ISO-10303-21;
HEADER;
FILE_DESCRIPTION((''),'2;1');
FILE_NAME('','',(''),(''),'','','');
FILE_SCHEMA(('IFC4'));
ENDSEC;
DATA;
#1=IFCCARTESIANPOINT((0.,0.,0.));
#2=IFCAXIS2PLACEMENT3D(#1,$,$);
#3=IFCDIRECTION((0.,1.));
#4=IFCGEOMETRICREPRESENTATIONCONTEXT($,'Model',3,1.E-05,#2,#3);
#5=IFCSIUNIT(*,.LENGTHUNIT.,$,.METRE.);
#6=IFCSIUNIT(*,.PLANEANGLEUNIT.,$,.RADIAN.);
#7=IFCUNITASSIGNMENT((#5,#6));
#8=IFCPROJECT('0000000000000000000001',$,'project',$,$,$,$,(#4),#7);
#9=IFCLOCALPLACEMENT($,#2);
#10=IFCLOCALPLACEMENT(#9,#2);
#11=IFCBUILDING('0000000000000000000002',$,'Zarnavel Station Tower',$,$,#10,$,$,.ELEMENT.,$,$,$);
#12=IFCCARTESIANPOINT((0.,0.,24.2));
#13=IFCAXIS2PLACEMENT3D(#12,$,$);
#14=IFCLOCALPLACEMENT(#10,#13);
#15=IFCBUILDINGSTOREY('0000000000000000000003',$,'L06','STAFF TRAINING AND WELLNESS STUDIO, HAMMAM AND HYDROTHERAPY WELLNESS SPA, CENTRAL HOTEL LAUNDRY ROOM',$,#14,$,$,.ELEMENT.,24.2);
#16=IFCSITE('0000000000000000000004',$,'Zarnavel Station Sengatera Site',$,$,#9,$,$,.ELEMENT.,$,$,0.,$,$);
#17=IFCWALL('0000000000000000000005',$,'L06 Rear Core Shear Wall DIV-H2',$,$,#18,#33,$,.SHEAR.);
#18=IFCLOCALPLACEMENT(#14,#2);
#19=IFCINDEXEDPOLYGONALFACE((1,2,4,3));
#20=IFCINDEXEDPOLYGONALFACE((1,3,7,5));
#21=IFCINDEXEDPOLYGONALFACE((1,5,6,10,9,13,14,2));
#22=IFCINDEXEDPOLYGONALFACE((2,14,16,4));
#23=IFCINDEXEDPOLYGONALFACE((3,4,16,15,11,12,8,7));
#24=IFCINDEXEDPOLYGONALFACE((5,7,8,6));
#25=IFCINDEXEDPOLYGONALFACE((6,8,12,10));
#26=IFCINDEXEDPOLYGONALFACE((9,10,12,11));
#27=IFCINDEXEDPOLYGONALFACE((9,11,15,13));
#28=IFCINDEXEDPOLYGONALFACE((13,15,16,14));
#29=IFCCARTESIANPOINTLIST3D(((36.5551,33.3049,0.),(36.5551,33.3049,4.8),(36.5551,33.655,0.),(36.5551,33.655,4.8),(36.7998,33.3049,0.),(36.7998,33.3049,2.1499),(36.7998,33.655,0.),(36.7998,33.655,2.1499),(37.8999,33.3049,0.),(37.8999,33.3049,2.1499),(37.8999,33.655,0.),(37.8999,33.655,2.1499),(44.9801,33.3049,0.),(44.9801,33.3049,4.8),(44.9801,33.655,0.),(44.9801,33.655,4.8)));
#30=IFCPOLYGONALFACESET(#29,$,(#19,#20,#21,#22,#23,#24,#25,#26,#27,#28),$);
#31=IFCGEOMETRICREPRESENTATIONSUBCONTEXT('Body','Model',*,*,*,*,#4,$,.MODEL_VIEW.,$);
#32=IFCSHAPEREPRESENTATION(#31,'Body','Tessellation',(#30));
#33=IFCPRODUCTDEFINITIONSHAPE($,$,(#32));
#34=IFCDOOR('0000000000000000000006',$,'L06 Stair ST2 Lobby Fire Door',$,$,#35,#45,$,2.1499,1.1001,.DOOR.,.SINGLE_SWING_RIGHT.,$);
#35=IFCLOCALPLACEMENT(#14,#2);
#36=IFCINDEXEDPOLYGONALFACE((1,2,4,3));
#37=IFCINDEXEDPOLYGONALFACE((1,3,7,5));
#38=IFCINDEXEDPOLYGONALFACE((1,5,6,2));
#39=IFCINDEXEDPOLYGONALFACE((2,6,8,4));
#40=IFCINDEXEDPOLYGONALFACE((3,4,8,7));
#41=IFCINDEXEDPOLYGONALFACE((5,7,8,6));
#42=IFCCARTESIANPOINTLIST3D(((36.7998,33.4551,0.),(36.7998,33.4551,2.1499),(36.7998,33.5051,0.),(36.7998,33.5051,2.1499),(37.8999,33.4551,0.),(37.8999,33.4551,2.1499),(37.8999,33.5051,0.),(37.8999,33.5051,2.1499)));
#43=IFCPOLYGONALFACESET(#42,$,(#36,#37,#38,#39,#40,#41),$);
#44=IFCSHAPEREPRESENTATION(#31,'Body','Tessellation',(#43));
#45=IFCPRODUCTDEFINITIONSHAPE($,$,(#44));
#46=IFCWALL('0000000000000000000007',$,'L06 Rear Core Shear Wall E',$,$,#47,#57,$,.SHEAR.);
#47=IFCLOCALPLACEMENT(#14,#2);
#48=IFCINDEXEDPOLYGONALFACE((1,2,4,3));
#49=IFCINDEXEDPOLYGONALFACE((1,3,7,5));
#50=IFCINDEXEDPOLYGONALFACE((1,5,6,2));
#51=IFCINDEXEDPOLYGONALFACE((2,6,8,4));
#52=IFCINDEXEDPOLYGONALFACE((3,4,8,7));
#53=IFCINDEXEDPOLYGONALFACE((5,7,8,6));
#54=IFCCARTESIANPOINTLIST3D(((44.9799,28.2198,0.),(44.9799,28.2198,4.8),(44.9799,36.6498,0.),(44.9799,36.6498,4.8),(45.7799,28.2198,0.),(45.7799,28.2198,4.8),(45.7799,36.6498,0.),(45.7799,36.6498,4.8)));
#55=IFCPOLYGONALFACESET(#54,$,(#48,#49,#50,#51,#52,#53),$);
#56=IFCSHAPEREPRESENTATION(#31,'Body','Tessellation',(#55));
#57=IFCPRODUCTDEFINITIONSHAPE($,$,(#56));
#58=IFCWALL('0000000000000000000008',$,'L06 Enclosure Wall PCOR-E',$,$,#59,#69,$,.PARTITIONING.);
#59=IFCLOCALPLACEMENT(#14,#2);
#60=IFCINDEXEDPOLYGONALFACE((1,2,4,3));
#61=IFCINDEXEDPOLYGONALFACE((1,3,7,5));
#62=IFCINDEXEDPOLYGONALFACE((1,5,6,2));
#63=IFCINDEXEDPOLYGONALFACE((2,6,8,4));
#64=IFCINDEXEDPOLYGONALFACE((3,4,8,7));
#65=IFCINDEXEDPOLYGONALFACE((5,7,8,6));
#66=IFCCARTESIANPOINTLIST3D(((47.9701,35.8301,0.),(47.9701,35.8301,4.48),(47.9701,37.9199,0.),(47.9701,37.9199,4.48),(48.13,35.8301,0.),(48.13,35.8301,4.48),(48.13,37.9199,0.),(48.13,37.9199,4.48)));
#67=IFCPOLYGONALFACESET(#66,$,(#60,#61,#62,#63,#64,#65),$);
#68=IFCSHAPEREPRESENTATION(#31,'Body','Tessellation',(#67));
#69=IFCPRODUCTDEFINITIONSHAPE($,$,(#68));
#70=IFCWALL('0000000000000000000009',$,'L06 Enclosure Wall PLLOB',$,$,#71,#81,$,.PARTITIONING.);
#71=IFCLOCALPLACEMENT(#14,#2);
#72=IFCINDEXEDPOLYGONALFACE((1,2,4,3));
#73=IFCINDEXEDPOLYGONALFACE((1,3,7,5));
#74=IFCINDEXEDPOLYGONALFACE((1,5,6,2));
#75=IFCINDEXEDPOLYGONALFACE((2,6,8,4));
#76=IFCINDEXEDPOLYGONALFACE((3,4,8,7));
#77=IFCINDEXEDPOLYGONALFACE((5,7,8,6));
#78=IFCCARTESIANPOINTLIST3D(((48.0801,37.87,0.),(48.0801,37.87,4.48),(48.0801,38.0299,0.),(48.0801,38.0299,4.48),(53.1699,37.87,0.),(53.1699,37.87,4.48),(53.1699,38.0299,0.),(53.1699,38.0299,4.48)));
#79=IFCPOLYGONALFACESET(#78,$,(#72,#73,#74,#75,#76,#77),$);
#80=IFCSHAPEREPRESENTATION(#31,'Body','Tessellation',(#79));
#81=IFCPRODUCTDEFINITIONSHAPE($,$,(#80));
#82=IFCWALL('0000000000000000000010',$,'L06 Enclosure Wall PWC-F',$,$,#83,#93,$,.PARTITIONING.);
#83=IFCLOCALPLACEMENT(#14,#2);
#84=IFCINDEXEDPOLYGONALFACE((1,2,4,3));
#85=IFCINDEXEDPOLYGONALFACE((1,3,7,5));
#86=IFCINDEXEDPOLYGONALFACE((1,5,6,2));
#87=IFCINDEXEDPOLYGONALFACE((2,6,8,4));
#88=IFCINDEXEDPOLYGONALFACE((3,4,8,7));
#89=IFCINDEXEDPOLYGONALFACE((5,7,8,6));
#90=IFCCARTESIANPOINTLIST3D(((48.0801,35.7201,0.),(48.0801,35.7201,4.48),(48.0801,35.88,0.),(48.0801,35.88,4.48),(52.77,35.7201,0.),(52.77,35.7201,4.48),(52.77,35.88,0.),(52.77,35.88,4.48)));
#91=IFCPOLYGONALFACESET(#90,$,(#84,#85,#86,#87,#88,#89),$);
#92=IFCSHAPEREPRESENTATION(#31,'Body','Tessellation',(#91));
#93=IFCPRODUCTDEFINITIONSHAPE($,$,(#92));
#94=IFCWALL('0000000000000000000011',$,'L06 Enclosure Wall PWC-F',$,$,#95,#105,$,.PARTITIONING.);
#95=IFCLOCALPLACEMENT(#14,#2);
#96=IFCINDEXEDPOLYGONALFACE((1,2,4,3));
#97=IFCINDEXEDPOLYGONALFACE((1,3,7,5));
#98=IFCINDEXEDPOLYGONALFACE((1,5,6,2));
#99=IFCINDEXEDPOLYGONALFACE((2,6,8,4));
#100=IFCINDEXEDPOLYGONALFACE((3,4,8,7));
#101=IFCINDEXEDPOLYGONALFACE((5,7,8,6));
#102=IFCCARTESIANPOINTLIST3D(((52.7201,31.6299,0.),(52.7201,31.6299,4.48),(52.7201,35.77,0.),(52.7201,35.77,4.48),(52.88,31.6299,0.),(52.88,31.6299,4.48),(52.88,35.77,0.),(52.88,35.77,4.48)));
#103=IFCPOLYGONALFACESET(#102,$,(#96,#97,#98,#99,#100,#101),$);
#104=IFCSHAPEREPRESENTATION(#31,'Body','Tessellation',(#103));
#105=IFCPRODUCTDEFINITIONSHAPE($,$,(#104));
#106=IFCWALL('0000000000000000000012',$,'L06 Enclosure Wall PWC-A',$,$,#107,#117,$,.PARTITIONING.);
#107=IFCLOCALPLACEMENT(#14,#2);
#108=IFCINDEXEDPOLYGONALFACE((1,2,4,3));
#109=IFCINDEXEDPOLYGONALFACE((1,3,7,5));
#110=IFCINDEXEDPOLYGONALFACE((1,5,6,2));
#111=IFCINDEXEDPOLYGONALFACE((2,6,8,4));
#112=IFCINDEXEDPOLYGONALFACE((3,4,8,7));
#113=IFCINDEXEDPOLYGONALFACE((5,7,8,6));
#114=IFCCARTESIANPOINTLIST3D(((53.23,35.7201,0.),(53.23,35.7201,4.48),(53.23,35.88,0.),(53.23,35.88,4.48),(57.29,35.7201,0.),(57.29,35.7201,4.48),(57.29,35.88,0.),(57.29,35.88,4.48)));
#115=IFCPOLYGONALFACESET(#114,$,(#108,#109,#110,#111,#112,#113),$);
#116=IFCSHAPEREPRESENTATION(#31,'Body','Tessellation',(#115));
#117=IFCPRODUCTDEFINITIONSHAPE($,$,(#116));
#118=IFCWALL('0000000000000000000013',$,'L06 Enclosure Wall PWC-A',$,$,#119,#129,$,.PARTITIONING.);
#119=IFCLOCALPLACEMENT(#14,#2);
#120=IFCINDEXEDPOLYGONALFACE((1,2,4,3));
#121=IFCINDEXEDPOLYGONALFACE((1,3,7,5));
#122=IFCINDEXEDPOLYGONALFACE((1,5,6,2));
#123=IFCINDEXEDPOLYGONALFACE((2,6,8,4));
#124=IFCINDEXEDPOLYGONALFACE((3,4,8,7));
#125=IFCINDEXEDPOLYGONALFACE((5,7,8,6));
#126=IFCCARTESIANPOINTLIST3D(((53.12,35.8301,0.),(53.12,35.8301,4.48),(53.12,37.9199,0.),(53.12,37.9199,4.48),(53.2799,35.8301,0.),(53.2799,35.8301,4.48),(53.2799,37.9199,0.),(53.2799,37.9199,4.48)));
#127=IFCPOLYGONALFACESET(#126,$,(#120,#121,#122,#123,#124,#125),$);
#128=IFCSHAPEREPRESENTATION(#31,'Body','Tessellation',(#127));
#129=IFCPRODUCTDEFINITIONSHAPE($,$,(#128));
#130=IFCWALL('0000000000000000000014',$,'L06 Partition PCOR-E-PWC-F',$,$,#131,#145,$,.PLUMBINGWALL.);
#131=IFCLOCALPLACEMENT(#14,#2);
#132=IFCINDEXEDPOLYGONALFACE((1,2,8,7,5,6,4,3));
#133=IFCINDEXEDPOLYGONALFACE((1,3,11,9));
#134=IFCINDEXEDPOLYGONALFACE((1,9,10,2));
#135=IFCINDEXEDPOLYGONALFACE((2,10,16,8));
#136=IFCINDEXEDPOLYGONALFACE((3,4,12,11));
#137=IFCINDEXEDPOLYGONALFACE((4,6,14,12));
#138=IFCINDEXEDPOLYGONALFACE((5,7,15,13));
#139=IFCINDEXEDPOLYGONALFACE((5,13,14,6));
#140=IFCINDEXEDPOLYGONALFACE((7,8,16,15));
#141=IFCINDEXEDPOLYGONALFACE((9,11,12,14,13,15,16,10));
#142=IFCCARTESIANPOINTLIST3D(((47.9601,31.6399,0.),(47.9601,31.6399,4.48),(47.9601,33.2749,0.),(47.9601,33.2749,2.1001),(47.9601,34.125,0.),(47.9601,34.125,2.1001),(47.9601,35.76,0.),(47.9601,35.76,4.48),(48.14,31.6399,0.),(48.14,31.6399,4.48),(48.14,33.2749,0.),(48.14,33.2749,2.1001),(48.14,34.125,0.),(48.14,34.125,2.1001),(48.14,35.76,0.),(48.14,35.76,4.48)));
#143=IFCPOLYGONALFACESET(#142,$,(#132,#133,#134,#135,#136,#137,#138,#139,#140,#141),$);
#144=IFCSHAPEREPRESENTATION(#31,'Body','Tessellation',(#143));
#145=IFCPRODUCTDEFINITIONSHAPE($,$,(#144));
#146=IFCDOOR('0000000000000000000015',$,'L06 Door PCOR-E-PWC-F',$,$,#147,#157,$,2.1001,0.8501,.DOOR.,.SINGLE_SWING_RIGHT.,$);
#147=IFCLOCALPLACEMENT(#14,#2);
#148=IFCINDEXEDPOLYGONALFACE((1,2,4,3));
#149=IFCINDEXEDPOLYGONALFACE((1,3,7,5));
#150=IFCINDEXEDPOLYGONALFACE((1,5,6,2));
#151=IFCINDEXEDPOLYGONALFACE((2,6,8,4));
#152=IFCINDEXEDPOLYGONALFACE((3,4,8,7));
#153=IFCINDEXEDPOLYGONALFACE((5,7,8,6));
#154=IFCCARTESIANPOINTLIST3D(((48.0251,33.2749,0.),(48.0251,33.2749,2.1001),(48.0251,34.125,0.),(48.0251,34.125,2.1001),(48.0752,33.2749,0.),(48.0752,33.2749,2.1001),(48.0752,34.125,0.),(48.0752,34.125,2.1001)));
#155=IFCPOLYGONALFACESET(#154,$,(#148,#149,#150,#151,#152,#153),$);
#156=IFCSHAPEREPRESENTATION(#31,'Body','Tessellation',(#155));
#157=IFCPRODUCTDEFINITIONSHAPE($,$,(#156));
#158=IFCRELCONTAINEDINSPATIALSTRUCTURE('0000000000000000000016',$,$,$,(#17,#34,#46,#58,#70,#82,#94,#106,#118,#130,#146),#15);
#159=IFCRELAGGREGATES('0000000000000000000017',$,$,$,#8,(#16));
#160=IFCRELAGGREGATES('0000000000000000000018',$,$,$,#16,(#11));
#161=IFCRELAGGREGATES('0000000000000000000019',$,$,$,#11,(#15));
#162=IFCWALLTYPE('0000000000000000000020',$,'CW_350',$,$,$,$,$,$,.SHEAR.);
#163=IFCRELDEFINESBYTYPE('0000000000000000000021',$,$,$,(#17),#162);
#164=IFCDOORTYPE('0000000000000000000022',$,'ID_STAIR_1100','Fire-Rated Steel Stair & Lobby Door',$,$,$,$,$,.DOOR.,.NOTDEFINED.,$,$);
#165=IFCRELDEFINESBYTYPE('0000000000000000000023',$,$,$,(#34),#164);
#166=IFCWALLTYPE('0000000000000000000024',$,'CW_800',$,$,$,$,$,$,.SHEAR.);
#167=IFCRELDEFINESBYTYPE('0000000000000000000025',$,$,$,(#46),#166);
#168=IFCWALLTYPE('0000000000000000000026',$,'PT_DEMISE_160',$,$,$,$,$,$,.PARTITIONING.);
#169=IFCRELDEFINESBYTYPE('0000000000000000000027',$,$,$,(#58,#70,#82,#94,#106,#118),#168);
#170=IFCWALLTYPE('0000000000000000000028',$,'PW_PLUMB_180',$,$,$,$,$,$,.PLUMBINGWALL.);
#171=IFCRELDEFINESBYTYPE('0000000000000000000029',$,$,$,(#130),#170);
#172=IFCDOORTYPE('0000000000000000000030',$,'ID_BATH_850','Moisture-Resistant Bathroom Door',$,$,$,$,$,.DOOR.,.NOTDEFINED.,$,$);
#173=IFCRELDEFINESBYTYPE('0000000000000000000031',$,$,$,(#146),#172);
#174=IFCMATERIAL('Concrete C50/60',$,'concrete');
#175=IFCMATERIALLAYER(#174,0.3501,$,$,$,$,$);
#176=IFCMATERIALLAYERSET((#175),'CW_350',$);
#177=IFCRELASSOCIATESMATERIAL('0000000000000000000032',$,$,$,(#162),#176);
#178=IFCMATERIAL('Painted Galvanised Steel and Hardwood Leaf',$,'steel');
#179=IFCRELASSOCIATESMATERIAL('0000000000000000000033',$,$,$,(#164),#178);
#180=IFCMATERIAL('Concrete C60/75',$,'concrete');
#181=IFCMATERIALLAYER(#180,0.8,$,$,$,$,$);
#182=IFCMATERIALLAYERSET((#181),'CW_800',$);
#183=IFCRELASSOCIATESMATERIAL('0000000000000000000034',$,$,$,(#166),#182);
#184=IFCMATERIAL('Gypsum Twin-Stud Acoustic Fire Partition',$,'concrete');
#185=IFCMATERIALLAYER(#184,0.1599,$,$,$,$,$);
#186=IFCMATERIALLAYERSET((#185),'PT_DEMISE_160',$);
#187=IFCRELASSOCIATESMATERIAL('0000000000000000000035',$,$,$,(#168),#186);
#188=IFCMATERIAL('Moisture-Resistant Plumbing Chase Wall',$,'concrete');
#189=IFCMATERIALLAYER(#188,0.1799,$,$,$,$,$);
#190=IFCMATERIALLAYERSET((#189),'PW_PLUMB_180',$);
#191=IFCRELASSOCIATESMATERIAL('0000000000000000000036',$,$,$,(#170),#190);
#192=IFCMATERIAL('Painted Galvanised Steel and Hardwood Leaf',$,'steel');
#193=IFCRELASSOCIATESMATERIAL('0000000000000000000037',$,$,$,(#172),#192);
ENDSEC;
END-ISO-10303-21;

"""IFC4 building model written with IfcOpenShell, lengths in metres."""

from ifc_helpers import new_model, si_unit, direction, frame, frame_2d, origin, place, context, subcontext, project, spatial, rectangle, extrude, material, layer, layer_set, type_object, element, fill, save


model = new_model("IFC4")

# Units and contexts
model_context = context("Model", 3, precision=1e-05, world=origin(), true_north=direction((0.0, 1.0)))
body_context = subcontext(model_context, "Body", "Model", "MODEL_VIEW")
ifc_project = project(units=[si_unit("LENGTHUNIT", "METRE"), si_unit("PLANEANGLEUNIT", "RADIAN")], contexts=[model_context])

# Site, building, storey
site_placement = place(None, origin())
site = spatial("IfcSite", under=ifc_project, at=site_placement, Name="Zarnavel Station Sengatera Site", CompositionType="ELEMENT", RefElevation=0.0)
building_placement = place(site_placement, origin())
building = spatial("IfcBuilding", under=site, at=building_placement, Name="Zarnavel Station Tower", CompositionType="ELEMENT")
storey_placement = place(building_placement, frame((0.0, 0.0, 24.2)))
storey = spatial("IfcBuildingStorey", under=building, at=storey_placement, Name="L06", Description="STAFF TRAINING AND WELLNESS STUDIO, HAMMAM AND HYDROTHERAPY WELLNESS SPA, CENTRAL HOTEL LAUNDRY ROOM", CompositionType="ELEMENT", Elevation=24.2)

# Wall, opening, door
ifc_material_1 = material(Name="Concrete C50/60", Category="concrete")
ifc_layer_1 = layer(ifc_material_1, 0.3501)
ifc_layer_set_1 = layer_set([ifc_layer_1], Name="CW_350")
wall_type_1 = type_object("IfcWallType", Name="CW_350", PredefinedType="SHEAR", material=ifc_layer_set_1)
wall_1_placement = place(storey_placement, frame((44.98, 33.48, 0.0), z_axis=(0.0, 0.0, 1.0), x_axis=(-1.0, 0.0, 0.0)))
wall_1 = element("IfcWall", 1, at=wall_1_placement, inside=storey, type_object=wall_type_1, Name="L06 Rear Core Shear Wall DIV-H2", PredefinedType="SHEAR", context=body_context, shape_type="SweptSolid", body=[
    extrude(rectangle(XDim=8.425, YDim=0.3501, at=frame_2d((4.2124, 0.0))), origin(), (0.0, 0.0, 1.0), 4.8),
])
opening_1_placement = place(wall_1_placement, frame((7.0801, 0.0, 0.0)))
opening_1 = element("IfcOpeningElement", 2, at=opening_1_placement, cuts=wall_1, PredefinedType="OPENING", context=body_context, shape_type="SweptSolid", body=[
    extrude(rectangle(XDim=1.1001, YDim=2.1499, at=frame_2d((0.55, 1.075))), frame((0.0, 0.1851, 0.0), z_axis=(0.0, -1.0, 0.0), x_axis=(1.0, 0.0, 0.0)), (0.0, 0.0, 1.0), 0.3701),
])
ifc_material_2 = material(Name="Painted Galvanised Steel and Hardwood Leaf", Category="steel")
door_type_1 = type_object("IfcDoorType", Name="ID_STAIR_1100", Description="Fire-Rated Steel Stair & Lobby Door", OperationType="NOTDEFINED", PredefinedType="DOOR", material=ifc_material_2)
door_1_placement = place(opening_1_placement, origin())
door_1 = element("IfcDoor", 3, at=door_1_placement, inside=storey, type_object=door_type_1, Name="L06 Stair ST2 Lobby Fire Door", OperationType="SINGLE_SWING_RIGHT", OverallHeight=2.1499, OverallWidth=1.1001, PredefinedType="DOOR", context=body_context, shape_type="SweptSolid", body=[
    extrude(rectangle(XDim=1.1001, YDim=2.1499, at=frame_2d((0.55, 1.075))), frame((0.0, 0.0249, 0.0), z_axis=(0.0, -1.0, 0.0), x_axis=(1.0, 0.0, 0.0)), (0.0, 0.0, 1.0), 0.05),
])
fill(opening_1, door_1)

# Shared definitions
ifc_material_3 = material(Name="Concrete C60/75", Category="concrete")
ifc_layer_2 = layer(ifc_material_3, 0.8)
ifc_layer_set_2 = layer_set([ifc_layer_2], Name="CW_800")
wall_type_2 = type_object("IfcWallType", Name="CW_800", PredefinedType="SHEAR", material=ifc_layer_set_2)

# Walls
wall_2_placement = place(storey_placement, frame((45.3799, 28.22, 0.0), z_axis=(0.0, 0.0, 1.0), x_axis=(0.0, 1.0, 0.0)))
element("IfcWall", 4, at=wall_2_placement, inside=storey, type_object=wall_type_2, Name="L06 Rear Core Shear Wall E", PredefinedType="SHEAR", context=body_context, shape_type="SweptSolid", body=[
    extrude(rectangle(XDim=8.4299, YDim=0.8, at=frame_2d((4.2148, 0.0))), origin(), (0.0, 0.0, 1.0), 4.8),
])
ifc_material_4 = material(Name="Gypsum Twin-Stud Acoustic Fire Partition", Category="concrete")
ifc_layer_3 = layer(ifc_material_4, 0.1599)
ifc_layer_set_3 = layer_set([ifc_layer_3], Name="PT_DEMISE_160")
wall_type_3 = type_object("IfcWallType", Name="PT_DEMISE_160", PredefinedType="PARTITIONING", material=ifc_layer_set_3)
wall_3_placement = place(storey_placement, frame((48.05, 35.8301, 0.0), z_axis=(0.0, 0.0, 1.0), x_axis=(0.0, 1.0, 0.0)))
element("IfcWall", 5, at=wall_3_placement, inside=storey, type_object=wall_type_3, Name="L06 Enclosure Wall PCOR-E", PredefinedType="PARTITIONING", context=body_context, shape_type="SweptSolid", body=[
    extrude(rectangle(XDim=2.0898, YDim=0.1599, at=frame_2d((1.0449, 0.0))), origin(), (0.0, 0.0, 1.0), 4.48),
])
wall_4_placement = place(storey_placement, frame((48.0801, 37.95, 0.0), z_axis=(0.0, 0.0, 1.0), x_axis=(1.0, 0.0, 0.0)))
element("IfcWall", 6, at=wall_4_placement, inside=storey, type_object=wall_type_3, Name="L06 Enclosure Wall PLLOB", PredefinedType="PARTITIONING", context=body_context, shape_type="SweptSolid", body=[
    extrude(rectangle(XDim=5.0898, YDim=0.1599, at=frame_2d((2.5449, 0.0))), origin(), (0.0, 0.0, 1.0), 4.48),
])
wall_5_placement = place(storey_placement, frame((48.0801, 35.8, 0.0), z_axis=(0.0, 0.0, 1.0), x_axis=(1.0, 0.0, 0.0)))
element("IfcWall", 7, at=wall_5_placement, inside=storey, type_object=wall_type_3, Name="L06 Enclosure Wall PWC-F", PredefinedType="PARTITIONING", context=body_context, shape_type="SweptSolid", body=[
    extrude(rectangle(XDim=4.6899, YDim=0.1599, at=frame_2d((2.345, 0.0))), origin(), (0.0, 0.0, 1.0), 4.48),
])
wall_6_placement = place(storey_placement, frame((52.8, 31.6299, 0.0), z_axis=(0.0, 0.0, 1.0), x_axis=(0.0, 1.0, 0.0)))
element("IfcWall", 8, at=wall_6_placement, inside=storey, type_object=wall_type_3, Name="L06 Enclosure Wall PWC-F", PredefinedType="PARTITIONING", context=body_context, shape_type="SweptSolid", body=[
    extrude(rectangle(XDim=4.1401, YDim=0.1599, at=frame_2d((2.0701, 0.0))), origin(), (0.0, 0.0, 1.0), 4.48),
])
wall_7_placement = place(storey_placement, frame((53.23, 35.8, 0.0), z_axis=(0.0, 0.0, 1.0), x_axis=(1.0, 0.0, 0.0)))
element("IfcWall", 9, at=wall_7_placement, inside=storey, type_object=wall_type_3, Name="L06 Enclosure Wall PWC-A", PredefinedType="PARTITIONING", context=body_context, shape_type="SweptSolid", body=[
    extrude(rectangle(XDim=4.0601, YDim=0.1599, at=frame_2d((2.03, 0.0))), origin(), (0.0, 0.0, 1.0), 4.48),
])
wall_8_placement = place(storey_placement, frame((53.2, 35.8301, 0.0), z_axis=(0.0, 0.0, 1.0), x_axis=(0.0, 1.0, 0.0)))
element("IfcWall", 10, at=wall_8_placement, inside=storey, type_object=wall_type_3, Name="L06 Enclosure Wall PWC-A", PredefinedType="PARTITIONING", context=body_context, shape_type="SweptSolid", body=[
    extrude(rectangle(XDim=2.0898, YDim=0.1599, at=frame_2d((1.0449, 0.0))), origin(), (0.0, 0.0, 1.0), 4.48),
])

# Wall, opening, door
ifc_material_5 = material(Name="Moisture-Resistant Plumbing Chase Wall", Category="concrete")
ifc_layer_4 = layer(ifc_material_5, 0.1799)
ifc_layer_set_4 = layer_set([ifc_layer_4], Name="PW_PLUMB_180")
wall_type_4 = type_object("IfcWallType", Name="PW_PLUMB_180", PredefinedType="PLUMBINGWALL", material=ifc_layer_set_4)
wall_9_placement = place(storey_placement, frame((48.05, 31.6399, 0.0), z_axis=(0.0, 0.0, 1.0), x_axis=(0.0, 1.0, 0.0)))
wall_9 = element("IfcWall", 11, at=wall_9_placement, inside=storey, type_object=wall_type_4, Name="L06 Partition PCOR-E-PWC-F", PredefinedType="PLUMBINGWALL", context=body_context, shape_type="SweptSolid", body=[
    extrude(rectangle(XDim=4.1201, YDim=0.1799, at=frame_2d((2.0601, 0.0))), origin(), (0.0, 0.0, 1.0), 4.48),
])
opening_2_placement = place(wall_9_placement, frame((1.635, 0.0, 0.0)))
opening_2 = element("IfcOpeningElement", 12, at=opening_2_placement, cuts=wall_9, PredefinedType="OPENING", context=body_context, shape_type="SweptSolid", body=[
    extrude(rectangle(XDim=0.8501, YDim=2.1001, at=frame_2d((0.425, 1.05))), frame((0.0, 0.0999, 0.0), z_axis=(0.0, -1.0, 0.0), x_axis=(1.0, 0.0, 0.0)), (0.0, 0.0, 1.0), 0.2),
])
ifc_material_6 = material(Name="Painted Galvanised Steel and Hardwood Leaf", Category="steel")
door_type_2 = type_object("IfcDoorType", Name="ID_BATH_850", Description="Moisture-Resistant Bathroom Door", OperationType="NOTDEFINED", PredefinedType="DOOR", material=ifc_material_6)
door_2_placement = place(opening_2_placement, origin())
door_2 = element("IfcDoor", 13, at=door_2_placement, inside=storey, type_object=door_type_2, Name="L06 Door PCOR-E-PWC-F", OperationType="SINGLE_SWING_RIGHT", OverallHeight=2.1001, OverallWidth=0.8501, PredefinedType="DOOR", context=body_context, shape_type="SweptSolid", body=[
    extrude(rectangle(XDim=0.8501, YDim=2.1001, at=frame_2d((0.425, 1.05))), frame((0.0, 0.0249, 0.0), z_axis=(0.0, -1.0, 0.0), x_axis=(1.0, 0.0, 0.0)), (0.0, 0.0, 1.0), 0.05),
])
fill(opening_2, door_2)

save(model, "model.ifc")
